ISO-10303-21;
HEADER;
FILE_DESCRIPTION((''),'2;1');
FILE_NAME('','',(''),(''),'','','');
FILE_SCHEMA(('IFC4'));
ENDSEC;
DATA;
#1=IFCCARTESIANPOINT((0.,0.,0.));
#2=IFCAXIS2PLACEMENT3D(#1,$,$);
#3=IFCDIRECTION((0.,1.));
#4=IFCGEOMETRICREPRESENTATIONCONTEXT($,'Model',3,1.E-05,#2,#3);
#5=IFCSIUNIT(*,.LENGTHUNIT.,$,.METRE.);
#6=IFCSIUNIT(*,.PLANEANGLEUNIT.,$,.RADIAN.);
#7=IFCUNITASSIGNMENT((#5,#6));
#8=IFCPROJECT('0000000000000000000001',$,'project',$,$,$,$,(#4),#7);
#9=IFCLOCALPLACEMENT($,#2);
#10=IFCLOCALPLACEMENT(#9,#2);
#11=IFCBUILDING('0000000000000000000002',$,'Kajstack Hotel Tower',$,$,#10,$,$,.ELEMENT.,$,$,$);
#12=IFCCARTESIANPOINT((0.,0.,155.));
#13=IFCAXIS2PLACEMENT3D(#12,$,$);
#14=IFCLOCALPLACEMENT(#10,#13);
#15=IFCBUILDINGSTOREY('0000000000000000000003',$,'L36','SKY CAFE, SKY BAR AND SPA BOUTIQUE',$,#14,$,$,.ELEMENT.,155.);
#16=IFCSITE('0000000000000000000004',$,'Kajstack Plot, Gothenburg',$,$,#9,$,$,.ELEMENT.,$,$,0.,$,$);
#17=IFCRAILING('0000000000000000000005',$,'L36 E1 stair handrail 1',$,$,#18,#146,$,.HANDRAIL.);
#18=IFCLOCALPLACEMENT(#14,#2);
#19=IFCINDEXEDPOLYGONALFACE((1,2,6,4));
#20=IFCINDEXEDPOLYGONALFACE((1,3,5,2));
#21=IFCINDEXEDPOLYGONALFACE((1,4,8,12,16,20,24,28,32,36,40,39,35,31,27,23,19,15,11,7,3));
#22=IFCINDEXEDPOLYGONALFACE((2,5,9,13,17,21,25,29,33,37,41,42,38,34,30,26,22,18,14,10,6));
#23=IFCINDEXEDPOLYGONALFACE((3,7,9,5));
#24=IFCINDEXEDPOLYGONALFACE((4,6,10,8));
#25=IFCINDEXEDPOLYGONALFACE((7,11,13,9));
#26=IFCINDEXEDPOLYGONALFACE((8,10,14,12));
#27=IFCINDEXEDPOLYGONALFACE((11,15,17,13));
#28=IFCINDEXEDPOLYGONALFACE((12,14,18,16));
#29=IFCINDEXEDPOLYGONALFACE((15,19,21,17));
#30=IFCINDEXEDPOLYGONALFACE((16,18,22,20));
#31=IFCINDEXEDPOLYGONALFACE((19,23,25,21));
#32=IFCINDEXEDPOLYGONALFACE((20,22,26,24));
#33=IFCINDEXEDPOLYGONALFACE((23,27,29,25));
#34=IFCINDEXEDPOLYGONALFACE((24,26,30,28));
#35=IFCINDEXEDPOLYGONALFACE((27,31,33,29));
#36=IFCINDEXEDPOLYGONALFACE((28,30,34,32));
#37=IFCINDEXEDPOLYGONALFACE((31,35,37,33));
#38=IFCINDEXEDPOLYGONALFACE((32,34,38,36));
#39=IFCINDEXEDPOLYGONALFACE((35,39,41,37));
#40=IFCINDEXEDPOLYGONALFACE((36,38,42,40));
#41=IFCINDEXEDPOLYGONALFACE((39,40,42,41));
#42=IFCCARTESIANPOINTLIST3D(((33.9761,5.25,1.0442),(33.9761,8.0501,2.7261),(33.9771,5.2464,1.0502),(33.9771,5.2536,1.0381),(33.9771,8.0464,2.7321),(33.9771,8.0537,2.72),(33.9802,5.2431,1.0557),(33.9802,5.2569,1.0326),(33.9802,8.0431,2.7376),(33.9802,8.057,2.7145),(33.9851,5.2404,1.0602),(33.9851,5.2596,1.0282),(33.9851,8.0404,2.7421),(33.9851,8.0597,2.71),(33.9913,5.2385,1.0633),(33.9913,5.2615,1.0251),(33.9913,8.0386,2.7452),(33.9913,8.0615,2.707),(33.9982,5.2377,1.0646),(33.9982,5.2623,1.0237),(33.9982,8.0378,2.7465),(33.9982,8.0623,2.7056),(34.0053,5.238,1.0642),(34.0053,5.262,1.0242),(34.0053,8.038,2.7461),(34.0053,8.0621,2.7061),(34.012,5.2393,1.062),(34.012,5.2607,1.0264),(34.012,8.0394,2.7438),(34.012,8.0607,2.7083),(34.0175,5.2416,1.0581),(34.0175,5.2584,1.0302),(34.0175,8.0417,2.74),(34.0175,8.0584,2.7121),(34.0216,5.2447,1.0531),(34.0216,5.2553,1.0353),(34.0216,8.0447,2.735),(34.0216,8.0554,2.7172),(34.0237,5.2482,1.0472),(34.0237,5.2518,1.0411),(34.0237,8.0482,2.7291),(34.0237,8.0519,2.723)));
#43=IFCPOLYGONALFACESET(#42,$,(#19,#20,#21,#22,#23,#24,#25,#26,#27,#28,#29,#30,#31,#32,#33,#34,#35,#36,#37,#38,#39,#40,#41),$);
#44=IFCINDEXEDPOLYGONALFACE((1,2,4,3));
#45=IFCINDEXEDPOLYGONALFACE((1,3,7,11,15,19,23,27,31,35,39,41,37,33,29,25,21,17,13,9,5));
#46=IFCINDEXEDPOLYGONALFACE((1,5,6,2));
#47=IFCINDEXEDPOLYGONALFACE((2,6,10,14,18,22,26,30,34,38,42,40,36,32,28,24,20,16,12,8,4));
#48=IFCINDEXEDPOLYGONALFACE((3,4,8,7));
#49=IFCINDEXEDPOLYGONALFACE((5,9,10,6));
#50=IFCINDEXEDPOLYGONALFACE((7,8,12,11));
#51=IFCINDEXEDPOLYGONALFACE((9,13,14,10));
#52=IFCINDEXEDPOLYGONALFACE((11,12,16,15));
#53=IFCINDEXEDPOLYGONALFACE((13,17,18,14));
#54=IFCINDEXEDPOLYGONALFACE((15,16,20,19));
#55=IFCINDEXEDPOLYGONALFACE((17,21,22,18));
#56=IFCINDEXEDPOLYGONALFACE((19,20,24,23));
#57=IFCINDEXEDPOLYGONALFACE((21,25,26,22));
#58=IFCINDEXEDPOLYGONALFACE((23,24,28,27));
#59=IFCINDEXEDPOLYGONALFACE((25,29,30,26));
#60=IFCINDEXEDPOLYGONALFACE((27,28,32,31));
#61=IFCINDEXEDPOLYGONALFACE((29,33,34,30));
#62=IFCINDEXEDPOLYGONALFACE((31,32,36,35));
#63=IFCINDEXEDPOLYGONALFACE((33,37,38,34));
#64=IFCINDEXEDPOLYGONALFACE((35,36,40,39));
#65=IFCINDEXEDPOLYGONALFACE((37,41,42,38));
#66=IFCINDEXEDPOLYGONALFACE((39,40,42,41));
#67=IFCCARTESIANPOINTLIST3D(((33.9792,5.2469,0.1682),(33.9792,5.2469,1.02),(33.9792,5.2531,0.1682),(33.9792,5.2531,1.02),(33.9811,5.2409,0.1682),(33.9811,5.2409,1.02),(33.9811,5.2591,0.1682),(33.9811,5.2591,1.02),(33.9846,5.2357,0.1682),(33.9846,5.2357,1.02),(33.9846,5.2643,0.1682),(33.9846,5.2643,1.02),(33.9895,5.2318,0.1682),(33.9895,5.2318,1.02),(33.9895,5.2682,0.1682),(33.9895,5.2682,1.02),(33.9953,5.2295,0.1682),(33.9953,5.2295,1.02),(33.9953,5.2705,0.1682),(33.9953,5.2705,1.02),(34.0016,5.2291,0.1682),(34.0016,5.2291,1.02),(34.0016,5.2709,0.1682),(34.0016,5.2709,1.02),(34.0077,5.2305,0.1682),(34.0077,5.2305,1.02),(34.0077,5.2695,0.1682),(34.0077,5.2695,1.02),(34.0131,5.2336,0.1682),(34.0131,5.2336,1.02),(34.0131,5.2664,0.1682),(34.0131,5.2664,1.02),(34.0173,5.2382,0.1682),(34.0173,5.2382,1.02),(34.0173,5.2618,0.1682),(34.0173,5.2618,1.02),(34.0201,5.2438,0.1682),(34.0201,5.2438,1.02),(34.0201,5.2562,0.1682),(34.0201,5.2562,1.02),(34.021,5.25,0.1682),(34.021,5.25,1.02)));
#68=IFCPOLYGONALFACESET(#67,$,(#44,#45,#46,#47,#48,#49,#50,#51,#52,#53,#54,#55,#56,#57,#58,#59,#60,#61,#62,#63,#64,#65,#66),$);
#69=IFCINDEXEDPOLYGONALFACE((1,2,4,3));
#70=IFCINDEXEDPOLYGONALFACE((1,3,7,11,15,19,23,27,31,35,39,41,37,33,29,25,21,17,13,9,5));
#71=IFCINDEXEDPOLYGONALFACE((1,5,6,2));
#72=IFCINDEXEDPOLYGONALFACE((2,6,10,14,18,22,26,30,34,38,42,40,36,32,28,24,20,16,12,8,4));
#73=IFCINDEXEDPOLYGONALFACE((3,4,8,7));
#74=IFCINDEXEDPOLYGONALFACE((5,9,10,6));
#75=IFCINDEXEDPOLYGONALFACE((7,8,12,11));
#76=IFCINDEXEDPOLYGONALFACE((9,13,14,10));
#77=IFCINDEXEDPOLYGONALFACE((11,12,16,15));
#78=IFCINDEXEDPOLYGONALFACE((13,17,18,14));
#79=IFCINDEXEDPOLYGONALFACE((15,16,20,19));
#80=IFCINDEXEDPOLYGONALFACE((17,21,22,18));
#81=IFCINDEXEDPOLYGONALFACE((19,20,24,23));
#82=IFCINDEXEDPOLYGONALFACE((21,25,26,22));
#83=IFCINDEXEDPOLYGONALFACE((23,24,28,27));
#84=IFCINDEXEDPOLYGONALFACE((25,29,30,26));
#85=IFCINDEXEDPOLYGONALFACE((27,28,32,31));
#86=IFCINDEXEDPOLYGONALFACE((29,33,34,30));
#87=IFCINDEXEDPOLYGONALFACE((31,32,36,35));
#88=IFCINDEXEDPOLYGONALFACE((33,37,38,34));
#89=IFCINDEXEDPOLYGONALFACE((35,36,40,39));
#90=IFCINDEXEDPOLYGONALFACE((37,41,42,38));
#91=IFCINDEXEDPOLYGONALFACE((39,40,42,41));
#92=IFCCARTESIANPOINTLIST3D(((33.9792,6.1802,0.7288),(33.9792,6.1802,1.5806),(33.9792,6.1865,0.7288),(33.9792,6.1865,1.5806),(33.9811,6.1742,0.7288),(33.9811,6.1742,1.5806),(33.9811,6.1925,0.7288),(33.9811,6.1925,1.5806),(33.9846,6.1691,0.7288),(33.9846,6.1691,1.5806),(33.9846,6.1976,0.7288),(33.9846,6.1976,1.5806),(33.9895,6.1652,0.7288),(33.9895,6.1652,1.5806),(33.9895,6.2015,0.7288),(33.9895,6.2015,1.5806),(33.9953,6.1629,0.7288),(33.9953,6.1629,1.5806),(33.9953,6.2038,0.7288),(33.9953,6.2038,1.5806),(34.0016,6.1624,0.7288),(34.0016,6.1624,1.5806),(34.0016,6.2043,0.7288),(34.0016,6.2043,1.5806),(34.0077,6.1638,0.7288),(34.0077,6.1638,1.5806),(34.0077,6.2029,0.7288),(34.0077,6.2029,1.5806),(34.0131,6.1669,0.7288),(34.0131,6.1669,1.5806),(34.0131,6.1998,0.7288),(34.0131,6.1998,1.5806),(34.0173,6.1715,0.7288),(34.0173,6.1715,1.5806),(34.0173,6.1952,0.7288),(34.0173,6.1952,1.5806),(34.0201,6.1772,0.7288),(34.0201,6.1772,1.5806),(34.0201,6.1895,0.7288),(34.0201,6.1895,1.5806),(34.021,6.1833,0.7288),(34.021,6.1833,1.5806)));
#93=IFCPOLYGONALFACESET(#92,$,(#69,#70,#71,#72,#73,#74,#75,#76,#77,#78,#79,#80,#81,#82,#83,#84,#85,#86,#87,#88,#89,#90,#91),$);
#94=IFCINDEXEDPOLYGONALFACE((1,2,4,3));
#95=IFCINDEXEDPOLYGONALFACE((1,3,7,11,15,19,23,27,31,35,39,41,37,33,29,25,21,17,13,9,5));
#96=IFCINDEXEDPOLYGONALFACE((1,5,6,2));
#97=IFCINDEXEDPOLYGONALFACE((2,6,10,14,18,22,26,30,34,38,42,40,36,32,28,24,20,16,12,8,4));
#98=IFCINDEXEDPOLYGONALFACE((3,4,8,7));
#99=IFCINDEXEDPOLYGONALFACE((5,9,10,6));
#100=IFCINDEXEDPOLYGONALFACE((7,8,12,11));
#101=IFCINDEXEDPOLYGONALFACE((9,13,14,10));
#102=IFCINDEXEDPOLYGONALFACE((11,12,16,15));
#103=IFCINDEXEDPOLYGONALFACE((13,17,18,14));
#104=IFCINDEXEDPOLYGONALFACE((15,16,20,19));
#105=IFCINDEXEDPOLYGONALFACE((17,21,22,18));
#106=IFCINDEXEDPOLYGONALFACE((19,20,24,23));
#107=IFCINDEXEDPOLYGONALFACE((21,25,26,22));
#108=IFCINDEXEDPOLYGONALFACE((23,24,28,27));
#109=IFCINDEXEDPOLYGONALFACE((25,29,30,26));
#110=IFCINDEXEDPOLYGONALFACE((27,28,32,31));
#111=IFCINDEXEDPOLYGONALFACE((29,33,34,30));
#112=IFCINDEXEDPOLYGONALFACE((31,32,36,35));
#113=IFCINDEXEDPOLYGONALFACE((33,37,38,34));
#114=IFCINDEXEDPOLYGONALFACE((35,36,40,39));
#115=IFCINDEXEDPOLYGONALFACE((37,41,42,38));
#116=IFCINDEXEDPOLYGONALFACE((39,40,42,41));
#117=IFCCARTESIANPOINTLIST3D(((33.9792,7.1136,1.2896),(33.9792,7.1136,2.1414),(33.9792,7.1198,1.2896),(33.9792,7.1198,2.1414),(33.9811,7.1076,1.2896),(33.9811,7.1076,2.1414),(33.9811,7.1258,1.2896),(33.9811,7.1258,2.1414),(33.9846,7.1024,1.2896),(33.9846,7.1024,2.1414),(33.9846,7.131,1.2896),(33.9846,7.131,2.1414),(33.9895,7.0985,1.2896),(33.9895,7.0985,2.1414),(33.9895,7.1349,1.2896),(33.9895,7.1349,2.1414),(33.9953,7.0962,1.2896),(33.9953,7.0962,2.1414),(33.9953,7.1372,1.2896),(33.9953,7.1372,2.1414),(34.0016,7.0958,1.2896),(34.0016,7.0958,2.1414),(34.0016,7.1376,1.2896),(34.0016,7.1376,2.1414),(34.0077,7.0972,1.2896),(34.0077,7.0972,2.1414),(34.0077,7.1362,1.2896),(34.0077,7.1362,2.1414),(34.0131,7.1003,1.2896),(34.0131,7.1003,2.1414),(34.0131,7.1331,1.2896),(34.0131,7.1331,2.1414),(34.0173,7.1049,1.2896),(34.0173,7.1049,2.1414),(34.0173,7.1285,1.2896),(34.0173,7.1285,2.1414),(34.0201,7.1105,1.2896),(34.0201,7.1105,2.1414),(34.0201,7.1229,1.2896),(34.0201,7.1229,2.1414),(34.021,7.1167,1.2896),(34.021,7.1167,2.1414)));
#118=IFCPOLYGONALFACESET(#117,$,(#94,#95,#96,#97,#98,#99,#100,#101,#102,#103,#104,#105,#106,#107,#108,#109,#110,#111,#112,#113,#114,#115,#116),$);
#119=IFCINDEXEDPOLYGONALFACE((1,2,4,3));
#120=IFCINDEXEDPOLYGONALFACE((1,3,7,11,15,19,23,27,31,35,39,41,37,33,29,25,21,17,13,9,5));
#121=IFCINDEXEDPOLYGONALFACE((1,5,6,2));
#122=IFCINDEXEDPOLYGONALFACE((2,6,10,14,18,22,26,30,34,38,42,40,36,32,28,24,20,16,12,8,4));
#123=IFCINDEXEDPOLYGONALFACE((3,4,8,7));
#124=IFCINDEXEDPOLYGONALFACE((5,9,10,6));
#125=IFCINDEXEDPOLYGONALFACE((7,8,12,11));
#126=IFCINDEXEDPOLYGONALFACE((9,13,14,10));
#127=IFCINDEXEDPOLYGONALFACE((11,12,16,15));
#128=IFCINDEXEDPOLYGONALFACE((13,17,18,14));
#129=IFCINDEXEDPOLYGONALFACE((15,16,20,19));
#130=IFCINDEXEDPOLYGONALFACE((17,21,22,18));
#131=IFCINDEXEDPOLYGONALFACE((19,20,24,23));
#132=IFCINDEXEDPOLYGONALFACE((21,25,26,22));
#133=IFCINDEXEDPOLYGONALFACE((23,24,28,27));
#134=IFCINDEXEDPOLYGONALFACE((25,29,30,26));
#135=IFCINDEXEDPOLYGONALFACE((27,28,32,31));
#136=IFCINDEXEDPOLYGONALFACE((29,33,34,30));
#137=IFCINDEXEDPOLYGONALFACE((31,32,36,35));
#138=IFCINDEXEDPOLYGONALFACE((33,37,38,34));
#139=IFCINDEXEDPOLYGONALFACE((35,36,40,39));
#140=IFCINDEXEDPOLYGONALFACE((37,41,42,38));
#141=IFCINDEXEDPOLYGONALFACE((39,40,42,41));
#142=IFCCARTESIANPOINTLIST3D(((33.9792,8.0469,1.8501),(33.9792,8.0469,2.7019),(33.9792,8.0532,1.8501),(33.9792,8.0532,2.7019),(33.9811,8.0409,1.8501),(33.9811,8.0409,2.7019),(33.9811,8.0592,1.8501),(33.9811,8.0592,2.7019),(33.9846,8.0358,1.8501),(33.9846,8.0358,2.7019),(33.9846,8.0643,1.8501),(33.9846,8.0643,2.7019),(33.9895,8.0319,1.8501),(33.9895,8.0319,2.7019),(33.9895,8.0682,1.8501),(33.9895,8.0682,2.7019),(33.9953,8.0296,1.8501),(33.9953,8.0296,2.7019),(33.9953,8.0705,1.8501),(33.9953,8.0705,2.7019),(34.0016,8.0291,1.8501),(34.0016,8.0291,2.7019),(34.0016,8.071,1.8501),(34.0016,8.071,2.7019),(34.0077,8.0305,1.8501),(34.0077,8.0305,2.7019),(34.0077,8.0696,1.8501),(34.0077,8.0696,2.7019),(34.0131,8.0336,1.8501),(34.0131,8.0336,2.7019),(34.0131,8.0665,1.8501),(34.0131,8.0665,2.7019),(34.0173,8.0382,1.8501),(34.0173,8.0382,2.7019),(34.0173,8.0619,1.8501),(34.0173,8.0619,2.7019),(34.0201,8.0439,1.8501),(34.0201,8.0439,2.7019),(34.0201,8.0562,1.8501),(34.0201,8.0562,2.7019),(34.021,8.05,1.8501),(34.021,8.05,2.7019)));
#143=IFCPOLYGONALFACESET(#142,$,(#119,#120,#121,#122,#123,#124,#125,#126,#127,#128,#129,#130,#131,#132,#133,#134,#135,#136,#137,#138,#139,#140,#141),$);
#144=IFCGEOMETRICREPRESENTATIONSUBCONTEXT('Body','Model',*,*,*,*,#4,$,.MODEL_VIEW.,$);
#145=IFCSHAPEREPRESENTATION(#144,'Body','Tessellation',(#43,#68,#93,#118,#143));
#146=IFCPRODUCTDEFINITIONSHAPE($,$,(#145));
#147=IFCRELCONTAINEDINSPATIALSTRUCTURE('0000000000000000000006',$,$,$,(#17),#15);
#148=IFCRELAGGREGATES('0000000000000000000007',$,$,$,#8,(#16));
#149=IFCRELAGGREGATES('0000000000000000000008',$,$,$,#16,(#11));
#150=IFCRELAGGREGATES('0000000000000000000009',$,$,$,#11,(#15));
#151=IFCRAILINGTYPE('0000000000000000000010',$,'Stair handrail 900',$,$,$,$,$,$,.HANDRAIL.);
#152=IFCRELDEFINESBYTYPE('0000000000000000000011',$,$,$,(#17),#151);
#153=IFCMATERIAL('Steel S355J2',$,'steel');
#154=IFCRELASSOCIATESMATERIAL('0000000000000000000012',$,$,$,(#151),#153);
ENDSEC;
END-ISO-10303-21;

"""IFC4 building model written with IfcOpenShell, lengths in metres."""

from ifc_helpers import new_model, si_unit, direction, frame, origin, origin_2d, place, context, subcontext, project, spatial, circle, extrude, material, type_object, element, save


model = new_model("IFC4")

# Units and contexts
model_context = context("Model", 3, precision=1e-05, world=origin(), true_north=direction((0.0, 1.0)))
body_context = subcontext(model_context, "Body", "Model", "MODEL_VIEW")
ifc_project = project(units=[si_unit("LENGTHUNIT", "METRE"), si_unit("PLANEANGLEUNIT", "RADIAN")], contexts=[model_context])

# Site, building, storey
site_placement = place(None, origin())
site = spatial("IfcSite", under=ifc_project, at=site_placement, Name="Kajstack Plot, Gothenburg", CompositionType="ELEMENT", RefElevation=0.0)
building_placement = place(site_placement, origin())
building = spatial("IfcBuilding", under=site, at=building_placement, Name="Kajstack Hotel Tower", CompositionType="ELEMENT")
storey_placement = place(building_placement, frame((0.0, 0.0, 155.0)))
storey = spatial("IfcBuildingStorey", under=building, at=storey_placement, Name="L36", Description="SKY CAFE, SKY BAR AND SPA BOUTIQUE", CompositionType="ELEMENT", Elevation=155.0)

# Railing
ifc_material_1 = material(Name="Steel S355J2", Category="steel")
railing_type_1 = type_object("IfcRailingType", Name="Stair handrail 900", PredefinedType="HANDRAIL", material=ifc_material_1)
railing_1_placement = place(storey_placement, frame((34.0, 5.25, 0.1682)))
element("IfcRailing", 1, at=railing_1_placement, inside=storey, type_object=railing_type_1, Name="L36 E1 stair handrail 1", PredefinedType="HANDRAIL", context=body_context, shape_type="SweptSolid", body=[
    extrude(circle(Radius=0.0239, at=origin_2d()), frame((0.0, 0.0, 0.876), z_axis=(0.0, 0.857242, 0.514913), x_axis=(-1.0, 0.0, 0.0)), (0.0, 0.0, 1.0), 3.2664),
    extrude(circle(Radius=0.021, at=origin_2d()), origin(), (0.0, 0.0, 1.0), 0.8518),
    extrude(circle(Radius=0.021, at=origin_2d()), frame((0.0, 0.9333, 0.5605)), (0.0, 0.0, 1.0), 0.8518),
    extrude(circle(Radius=0.021, at=origin_2d()), frame((0.0, 1.8667, 1.1213)), (0.0, 0.0, 1.0), 0.8518),
    extrude(circle(Radius=0.021, at=origin_2d()), frame((0.0, 2.8, 1.6819)), (0.0, 0.0, 1.0), 0.8518),
])

save(model, "model.ifc")
